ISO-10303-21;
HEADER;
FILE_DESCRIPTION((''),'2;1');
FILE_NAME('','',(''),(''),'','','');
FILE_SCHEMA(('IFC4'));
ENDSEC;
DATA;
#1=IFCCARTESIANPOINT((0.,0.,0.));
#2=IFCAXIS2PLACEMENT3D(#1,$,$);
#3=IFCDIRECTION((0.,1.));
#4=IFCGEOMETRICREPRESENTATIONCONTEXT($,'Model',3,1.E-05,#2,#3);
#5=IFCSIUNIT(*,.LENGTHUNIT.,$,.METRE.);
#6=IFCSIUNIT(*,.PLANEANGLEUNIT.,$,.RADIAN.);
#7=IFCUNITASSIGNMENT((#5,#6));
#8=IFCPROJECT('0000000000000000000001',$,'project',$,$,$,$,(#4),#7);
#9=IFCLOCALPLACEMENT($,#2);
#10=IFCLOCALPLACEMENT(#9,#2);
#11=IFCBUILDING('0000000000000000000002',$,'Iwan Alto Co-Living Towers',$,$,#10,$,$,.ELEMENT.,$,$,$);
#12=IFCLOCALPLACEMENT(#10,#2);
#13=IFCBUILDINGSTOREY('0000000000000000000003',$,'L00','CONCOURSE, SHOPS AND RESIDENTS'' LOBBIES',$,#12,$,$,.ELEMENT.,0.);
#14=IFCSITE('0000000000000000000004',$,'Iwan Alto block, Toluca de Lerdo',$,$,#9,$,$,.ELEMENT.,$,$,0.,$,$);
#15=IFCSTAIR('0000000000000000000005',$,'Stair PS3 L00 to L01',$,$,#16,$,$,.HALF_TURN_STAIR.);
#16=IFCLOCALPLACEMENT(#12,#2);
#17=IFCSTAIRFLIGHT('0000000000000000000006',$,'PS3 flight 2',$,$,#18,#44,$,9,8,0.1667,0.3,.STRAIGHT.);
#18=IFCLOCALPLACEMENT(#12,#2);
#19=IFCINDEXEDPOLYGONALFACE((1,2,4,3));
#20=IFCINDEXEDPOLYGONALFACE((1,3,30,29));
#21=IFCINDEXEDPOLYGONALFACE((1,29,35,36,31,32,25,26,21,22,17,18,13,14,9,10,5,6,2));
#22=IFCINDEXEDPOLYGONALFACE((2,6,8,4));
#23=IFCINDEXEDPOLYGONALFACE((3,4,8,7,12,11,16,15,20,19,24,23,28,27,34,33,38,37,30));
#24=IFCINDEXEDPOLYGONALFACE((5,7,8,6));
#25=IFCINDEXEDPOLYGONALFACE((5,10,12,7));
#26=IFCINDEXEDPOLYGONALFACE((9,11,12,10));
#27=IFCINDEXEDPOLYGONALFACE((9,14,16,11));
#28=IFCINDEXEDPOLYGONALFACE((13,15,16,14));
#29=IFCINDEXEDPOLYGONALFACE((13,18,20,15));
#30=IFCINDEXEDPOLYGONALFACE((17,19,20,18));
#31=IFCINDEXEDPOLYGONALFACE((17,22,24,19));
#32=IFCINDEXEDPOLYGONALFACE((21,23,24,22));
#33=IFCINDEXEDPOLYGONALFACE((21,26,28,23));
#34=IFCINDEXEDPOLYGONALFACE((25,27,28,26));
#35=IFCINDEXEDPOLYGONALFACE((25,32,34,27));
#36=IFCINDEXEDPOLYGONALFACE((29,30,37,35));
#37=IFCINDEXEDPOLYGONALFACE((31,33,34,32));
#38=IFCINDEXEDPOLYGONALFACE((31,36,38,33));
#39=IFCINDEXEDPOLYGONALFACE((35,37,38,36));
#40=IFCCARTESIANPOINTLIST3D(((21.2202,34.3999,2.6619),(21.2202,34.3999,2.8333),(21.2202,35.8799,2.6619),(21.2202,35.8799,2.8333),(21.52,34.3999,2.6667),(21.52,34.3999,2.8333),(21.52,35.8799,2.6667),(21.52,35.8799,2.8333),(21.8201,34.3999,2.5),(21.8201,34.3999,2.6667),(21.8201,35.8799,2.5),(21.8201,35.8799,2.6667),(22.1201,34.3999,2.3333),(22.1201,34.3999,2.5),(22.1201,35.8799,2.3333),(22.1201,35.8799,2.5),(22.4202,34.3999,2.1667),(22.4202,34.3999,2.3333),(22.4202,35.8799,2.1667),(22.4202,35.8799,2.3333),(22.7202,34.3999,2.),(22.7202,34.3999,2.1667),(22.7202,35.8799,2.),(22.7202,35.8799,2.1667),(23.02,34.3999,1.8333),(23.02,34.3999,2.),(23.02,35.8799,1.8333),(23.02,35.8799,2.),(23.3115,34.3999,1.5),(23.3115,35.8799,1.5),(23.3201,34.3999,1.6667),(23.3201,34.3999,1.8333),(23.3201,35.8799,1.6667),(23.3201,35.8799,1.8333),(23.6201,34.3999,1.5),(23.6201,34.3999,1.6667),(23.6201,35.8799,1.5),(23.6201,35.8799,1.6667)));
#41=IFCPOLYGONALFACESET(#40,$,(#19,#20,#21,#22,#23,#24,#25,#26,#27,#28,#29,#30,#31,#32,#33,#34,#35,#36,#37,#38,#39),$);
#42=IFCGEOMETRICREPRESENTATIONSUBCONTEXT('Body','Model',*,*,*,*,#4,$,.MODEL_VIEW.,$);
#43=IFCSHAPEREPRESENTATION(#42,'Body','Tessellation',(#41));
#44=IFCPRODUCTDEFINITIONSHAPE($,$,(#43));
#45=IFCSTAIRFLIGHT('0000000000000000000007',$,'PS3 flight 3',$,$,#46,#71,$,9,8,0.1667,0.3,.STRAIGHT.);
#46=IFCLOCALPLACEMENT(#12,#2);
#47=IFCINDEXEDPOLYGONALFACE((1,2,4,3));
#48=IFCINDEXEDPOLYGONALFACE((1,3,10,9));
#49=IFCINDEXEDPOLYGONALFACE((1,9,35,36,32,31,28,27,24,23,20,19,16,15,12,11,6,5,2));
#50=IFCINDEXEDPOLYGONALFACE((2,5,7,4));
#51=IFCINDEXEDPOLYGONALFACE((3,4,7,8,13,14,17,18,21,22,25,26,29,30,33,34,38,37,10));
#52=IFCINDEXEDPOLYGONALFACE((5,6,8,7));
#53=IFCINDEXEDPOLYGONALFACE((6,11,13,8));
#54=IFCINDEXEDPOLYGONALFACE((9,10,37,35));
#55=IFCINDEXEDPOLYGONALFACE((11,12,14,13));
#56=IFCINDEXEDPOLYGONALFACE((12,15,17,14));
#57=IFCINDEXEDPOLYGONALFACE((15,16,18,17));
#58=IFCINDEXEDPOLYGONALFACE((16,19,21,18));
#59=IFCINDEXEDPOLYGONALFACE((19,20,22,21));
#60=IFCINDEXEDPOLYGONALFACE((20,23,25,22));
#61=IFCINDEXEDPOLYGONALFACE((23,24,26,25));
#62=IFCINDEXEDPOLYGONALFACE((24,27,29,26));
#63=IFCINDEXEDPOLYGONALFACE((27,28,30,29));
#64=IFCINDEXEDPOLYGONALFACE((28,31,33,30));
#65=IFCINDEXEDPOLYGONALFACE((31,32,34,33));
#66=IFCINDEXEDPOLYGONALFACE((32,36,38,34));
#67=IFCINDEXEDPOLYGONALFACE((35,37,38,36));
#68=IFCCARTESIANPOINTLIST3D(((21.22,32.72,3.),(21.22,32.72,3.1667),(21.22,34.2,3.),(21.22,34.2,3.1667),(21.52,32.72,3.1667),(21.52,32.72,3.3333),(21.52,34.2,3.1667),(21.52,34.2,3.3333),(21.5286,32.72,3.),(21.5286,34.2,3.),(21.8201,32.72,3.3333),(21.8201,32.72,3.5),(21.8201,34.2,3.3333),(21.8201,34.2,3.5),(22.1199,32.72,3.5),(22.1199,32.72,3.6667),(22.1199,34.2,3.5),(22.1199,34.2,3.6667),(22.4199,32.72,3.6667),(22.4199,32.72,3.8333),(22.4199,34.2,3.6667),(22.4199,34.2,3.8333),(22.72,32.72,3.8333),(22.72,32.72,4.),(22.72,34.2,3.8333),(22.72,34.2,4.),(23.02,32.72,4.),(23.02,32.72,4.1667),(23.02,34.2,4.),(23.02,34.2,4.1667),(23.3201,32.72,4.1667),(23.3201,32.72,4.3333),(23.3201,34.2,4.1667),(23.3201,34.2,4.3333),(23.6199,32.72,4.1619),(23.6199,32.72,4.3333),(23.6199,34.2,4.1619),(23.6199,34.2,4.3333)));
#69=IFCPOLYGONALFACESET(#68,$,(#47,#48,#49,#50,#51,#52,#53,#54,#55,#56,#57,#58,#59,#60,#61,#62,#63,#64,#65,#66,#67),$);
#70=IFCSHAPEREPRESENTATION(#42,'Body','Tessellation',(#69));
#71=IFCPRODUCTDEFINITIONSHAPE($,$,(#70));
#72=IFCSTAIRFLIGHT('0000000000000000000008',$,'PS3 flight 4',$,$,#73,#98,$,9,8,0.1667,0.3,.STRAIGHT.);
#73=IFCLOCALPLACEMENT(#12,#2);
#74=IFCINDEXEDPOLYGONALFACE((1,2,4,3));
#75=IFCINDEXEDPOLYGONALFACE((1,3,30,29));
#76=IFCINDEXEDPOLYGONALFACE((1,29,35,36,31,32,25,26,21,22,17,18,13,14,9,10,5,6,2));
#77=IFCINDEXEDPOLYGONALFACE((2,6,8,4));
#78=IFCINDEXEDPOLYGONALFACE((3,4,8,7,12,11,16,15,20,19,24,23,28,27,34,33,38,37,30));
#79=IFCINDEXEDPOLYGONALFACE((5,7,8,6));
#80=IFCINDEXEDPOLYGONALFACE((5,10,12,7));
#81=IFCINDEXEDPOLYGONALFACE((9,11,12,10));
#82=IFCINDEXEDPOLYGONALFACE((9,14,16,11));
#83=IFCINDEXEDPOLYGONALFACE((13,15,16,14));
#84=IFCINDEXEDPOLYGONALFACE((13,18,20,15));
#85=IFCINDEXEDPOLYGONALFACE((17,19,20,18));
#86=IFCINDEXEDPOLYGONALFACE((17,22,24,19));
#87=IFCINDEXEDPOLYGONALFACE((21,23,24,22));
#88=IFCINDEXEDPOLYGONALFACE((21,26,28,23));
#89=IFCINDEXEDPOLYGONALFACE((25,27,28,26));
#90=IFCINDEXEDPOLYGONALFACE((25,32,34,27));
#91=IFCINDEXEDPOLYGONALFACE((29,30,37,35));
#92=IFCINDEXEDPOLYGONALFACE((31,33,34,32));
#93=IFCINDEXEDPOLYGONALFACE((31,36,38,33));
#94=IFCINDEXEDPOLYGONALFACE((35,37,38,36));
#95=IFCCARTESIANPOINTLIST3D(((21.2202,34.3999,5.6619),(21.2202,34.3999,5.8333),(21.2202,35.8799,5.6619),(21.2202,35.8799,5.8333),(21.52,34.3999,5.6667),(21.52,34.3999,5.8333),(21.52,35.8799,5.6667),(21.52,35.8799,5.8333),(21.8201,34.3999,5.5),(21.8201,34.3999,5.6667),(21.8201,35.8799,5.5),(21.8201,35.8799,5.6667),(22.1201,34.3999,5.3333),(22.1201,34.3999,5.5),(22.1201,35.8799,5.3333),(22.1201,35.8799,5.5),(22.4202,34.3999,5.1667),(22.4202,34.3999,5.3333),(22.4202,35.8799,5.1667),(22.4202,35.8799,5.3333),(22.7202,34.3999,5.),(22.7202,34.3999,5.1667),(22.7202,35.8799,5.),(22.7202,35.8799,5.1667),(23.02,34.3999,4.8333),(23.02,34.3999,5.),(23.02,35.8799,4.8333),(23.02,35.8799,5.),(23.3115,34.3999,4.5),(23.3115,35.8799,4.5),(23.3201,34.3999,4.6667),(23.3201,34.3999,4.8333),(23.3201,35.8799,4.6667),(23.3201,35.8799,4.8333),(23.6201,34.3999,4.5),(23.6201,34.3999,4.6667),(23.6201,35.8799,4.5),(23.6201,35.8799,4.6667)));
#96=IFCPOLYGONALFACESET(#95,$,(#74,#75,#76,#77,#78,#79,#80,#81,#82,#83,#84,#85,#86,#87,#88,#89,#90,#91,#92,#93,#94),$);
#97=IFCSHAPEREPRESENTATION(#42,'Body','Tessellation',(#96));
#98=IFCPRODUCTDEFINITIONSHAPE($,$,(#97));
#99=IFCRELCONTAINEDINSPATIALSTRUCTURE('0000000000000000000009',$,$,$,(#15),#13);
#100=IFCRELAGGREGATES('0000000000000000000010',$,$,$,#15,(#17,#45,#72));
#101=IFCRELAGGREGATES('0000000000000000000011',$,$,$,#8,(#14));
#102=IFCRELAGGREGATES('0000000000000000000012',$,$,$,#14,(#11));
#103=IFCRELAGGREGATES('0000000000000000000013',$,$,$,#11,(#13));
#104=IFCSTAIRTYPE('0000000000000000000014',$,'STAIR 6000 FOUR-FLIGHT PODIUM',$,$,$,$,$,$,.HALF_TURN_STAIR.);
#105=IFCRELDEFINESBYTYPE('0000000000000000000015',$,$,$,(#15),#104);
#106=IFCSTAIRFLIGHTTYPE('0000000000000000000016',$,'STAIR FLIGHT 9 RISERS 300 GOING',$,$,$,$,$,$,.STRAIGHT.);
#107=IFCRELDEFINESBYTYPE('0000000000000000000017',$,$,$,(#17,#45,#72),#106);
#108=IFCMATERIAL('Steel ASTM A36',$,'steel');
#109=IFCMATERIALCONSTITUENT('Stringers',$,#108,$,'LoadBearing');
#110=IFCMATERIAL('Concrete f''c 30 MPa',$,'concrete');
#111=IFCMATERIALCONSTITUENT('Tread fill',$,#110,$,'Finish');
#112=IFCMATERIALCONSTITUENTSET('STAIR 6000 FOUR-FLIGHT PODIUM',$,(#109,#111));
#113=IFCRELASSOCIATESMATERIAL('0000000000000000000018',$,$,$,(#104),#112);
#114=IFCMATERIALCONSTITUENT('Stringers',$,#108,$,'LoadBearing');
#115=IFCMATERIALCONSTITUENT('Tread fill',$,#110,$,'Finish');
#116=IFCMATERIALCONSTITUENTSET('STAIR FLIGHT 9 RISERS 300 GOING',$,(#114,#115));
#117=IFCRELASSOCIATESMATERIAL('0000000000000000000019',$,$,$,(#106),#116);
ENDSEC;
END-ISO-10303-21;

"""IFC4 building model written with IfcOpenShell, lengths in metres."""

from ifc_helpers import new_model, si_unit, direction, frame, origin, place, context, subcontext, project, spatial, polyline, outline, extrude, material, constituent, constituent_set, type_object, element, aggregate, save


model = new_model("IFC4")

# Units and contexts
model_context = context("Model", 3, precision=1e-05, world=origin(), true_north=direction((0.0, 1.0)))
body_context = subcontext(model_context, "Body", "Model", "MODEL_VIEW")
ifc_project = project(units=[si_unit("LENGTHUNIT", "METRE"), si_unit("PLANEANGLEUNIT", "RADIAN")], contexts=[model_context])

# Site, building, storey
site_placement = place(None, origin())
site = spatial("IfcSite", under=ifc_project, at=site_placement, Name="Iwan Alto block, Toluca de Lerdo", CompositionType="ELEMENT", RefElevation=0.0)
building_placement = place(site_placement, origin())
building = spatial("IfcBuilding", under=site, at=building_placement, Name="Iwan Alto Co-Living Towers", CompositionType="ELEMENT")
storey_placement = place(building_placement, origin())
storey = spatial("IfcBuildingStorey", under=building, at=storey_placement, Name="L00", Description="CONCOURSE, SHOPS AND RESIDENTS' LOBBIES", CompositionType="ELEMENT", Elevation=0.0)

# Stair, stair flights
ifc_material_1 = material(Name="Steel ASTM A36", Category="steel")
ifc_constituent_1 = constituent(ifc_material_1, Name="Stringers", Category="LoadBearing")
ifc_material_2 = material(Name="Concrete f'c 30 MPa", Category="concrete")
ifc_constituent_2 = constituent(ifc_material_2, Name="Tread fill", Category="Finish")
ifc_constituent_set_1 = constituent_set(constituents=[ifc_constituent_1, ifc_constituent_2], Name="STAIR 6000 FOUR-FLIGHT PODIUM")
stair_type = type_object("IfcStairType", Name="STAIR 6000 FOUR-FLIGHT PODIUM", PredefinedType="HALF_TURN_STAIR", material=ifc_constituent_set_1)
stair_placement = place(storey_placement, origin())
stair = element("IfcStair", 1, at=stair_placement, inside=storey, type_object=stair_type, Name="Stair PS3 L00 to L01", PredefinedType="HALF_TURN_STAIR")
ifc_constituent_3 = constituent(ifc_material_1, Name="Stringers", Category="LoadBearing")
ifc_constituent_4 = constituent(ifc_material_2, Name="Tread fill", Category="Finish")
ifc_constituent_set_2 = constituent_set(constituents=[ifc_constituent_3, ifc_constituent_4], Name="STAIR FLIGHT 9 RISERS 300 GOING")
stair_flight_type = type_object("IfcStairFlightType", Name="STAIR FLIGHT 9 RISERS 300 GOING", PredefinedType="STRAIGHT", material=ifc_constituent_set_2)
stair_flight_1_placement = place(storey_placement, frame((23.6201, 35.1399, 1.5), z_axis=(0.0, 0.0, 1.0), x_axis=(-1.0, 0.0, 0.0)))
stair_flight_1 = element("IfcStairFlight", 2, at=stair_flight_1_placement, type_object=stair_flight_type, Name="PS3 flight 2", NumberOfRisers=9, NumberOfTreads=8, PredefinedType="STRAIGHT", RiserHeight=0.1667, TreadLength=0.3, context=body_context, shape_type="SweptSolid", body=[
    extrude(outline(polyline([(0.0, 0.0), (0.0, 0.1667), (0.3, 0.1667), (0.3, 0.3333), (0.6001, 0.3333), (0.6001, 0.5), (0.8999, 0.5), (0.8999, 0.6667), (1.2, 0.6667), (1.2, 0.8333), (1.5, 0.8333), (1.5, 1.0), (1.8, 1.0), (1.8, 1.1667), (2.1001, 1.1667), (2.1001, 1.3333), (2.3999, 1.3333), (2.3999, 1.5), (2.3999, 1.1619), (0.3086, 0.0), (0.0, 0.0)])), frame((0.0, 0.74, 0.0), z_axis=(0.0, -1.0, 0.0), x_axis=(1.0, 0.0, 0.0)), (0.0, 0.0, 1.0), 1.48),
])
stair_flight_2_placement = place(storey_placement, frame((21.22, 33.46, 3.0), z_axis=(0.0, 0.0, 1.0), x_axis=(1.0, 0.0, 0.0)))
stair_flight_2 = element("IfcStairFlight", 3, at=stair_flight_2_placement, type_object=stair_flight_type, Name="PS3 flight 3", NumberOfRisers=9, NumberOfTreads=8, PredefinedType="STRAIGHT", RiserHeight=0.1667, TreadLength=0.3, context=body_context, shape_type="SweptSolid", body=[
    extrude(outline(polyline([(0.0, 0.0), (0.0, 0.1667), (0.3, 0.1667), (0.3, 0.3333), (0.6001, 0.3333), (0.6001, 0.5), (0.8999, 0.5), (0.8999, 0.6667), (1.2, 0.6667), (1.2, 0.8333), (1.5, 0.8333), (1.5, 1.0), (1.8, 1.0), (1.8, 1.1667), (2.1001, 1.1667), (2.1001, 1.3333), (2.3999, 1.3333), (2.3999, 1.5), (2.3999, 1.1619), (0.3086, 0.0), (0.0, 0.0)])), frame((0.0, 0.74, 0.0), z_axis=(0.0, -1.0, 0.0), x_axis=(1.0, 0.0, 0.0)), (0.0, 0.0, 1.0), 1.48),
])
stair_flight_3_placement = place(storey_placement, frame((23.6201, 35.1399, 4.5), z_axis=(0.0, 0.0, 1.0), x_axis=(-1.0, 0.0, 0.0)))
stair_flight_3 = element("IfcStairFlight", 4, at=stair_flight_3_placement, type_object=stair_flight_type, Name="PS3 flight 4", NumberOfRisers=9, NumberOfTreads=8, PredefinedType="STRAIGHT", RiserHeight=0.1667, TreadLength=0.3, context=body_context, shape_type="SweptSolid", body=[
    extrude(outline(polyline([(0.0, 0.0), (0.0, 0.1667), (0.3, 0.1667), (0.3, 0.3333), (0.6001, 0.3333), (0.6001, 0.5), (0.8999, 0.5), (0.8999, 0.6667), (1.2, 0.6667), (1.2, 0.8333), (1.5, 0.8333), (1.5, 1.0), (1.8, 1.0), (1.8, 1.1667), (2.1001, 1.1667), (2.1001, 1.3333), (2.3999, 1.3333), (2.3999, 1.5), (2.3999, 1.1619), (0.3086, 0.0), (0.0, 0.0)])), frame((0.0, 0.74, 0.0), z_axis=(0.0, -1.0, 0.0), x_axis=(1.0, 0.0, 0.0)), (0.0, 0.0, 1.0), 1.48),
])
aggregate(stair, [stair_flight_1, stair_flight_2, stair_flight_3])

save(model, "model.ifc")
